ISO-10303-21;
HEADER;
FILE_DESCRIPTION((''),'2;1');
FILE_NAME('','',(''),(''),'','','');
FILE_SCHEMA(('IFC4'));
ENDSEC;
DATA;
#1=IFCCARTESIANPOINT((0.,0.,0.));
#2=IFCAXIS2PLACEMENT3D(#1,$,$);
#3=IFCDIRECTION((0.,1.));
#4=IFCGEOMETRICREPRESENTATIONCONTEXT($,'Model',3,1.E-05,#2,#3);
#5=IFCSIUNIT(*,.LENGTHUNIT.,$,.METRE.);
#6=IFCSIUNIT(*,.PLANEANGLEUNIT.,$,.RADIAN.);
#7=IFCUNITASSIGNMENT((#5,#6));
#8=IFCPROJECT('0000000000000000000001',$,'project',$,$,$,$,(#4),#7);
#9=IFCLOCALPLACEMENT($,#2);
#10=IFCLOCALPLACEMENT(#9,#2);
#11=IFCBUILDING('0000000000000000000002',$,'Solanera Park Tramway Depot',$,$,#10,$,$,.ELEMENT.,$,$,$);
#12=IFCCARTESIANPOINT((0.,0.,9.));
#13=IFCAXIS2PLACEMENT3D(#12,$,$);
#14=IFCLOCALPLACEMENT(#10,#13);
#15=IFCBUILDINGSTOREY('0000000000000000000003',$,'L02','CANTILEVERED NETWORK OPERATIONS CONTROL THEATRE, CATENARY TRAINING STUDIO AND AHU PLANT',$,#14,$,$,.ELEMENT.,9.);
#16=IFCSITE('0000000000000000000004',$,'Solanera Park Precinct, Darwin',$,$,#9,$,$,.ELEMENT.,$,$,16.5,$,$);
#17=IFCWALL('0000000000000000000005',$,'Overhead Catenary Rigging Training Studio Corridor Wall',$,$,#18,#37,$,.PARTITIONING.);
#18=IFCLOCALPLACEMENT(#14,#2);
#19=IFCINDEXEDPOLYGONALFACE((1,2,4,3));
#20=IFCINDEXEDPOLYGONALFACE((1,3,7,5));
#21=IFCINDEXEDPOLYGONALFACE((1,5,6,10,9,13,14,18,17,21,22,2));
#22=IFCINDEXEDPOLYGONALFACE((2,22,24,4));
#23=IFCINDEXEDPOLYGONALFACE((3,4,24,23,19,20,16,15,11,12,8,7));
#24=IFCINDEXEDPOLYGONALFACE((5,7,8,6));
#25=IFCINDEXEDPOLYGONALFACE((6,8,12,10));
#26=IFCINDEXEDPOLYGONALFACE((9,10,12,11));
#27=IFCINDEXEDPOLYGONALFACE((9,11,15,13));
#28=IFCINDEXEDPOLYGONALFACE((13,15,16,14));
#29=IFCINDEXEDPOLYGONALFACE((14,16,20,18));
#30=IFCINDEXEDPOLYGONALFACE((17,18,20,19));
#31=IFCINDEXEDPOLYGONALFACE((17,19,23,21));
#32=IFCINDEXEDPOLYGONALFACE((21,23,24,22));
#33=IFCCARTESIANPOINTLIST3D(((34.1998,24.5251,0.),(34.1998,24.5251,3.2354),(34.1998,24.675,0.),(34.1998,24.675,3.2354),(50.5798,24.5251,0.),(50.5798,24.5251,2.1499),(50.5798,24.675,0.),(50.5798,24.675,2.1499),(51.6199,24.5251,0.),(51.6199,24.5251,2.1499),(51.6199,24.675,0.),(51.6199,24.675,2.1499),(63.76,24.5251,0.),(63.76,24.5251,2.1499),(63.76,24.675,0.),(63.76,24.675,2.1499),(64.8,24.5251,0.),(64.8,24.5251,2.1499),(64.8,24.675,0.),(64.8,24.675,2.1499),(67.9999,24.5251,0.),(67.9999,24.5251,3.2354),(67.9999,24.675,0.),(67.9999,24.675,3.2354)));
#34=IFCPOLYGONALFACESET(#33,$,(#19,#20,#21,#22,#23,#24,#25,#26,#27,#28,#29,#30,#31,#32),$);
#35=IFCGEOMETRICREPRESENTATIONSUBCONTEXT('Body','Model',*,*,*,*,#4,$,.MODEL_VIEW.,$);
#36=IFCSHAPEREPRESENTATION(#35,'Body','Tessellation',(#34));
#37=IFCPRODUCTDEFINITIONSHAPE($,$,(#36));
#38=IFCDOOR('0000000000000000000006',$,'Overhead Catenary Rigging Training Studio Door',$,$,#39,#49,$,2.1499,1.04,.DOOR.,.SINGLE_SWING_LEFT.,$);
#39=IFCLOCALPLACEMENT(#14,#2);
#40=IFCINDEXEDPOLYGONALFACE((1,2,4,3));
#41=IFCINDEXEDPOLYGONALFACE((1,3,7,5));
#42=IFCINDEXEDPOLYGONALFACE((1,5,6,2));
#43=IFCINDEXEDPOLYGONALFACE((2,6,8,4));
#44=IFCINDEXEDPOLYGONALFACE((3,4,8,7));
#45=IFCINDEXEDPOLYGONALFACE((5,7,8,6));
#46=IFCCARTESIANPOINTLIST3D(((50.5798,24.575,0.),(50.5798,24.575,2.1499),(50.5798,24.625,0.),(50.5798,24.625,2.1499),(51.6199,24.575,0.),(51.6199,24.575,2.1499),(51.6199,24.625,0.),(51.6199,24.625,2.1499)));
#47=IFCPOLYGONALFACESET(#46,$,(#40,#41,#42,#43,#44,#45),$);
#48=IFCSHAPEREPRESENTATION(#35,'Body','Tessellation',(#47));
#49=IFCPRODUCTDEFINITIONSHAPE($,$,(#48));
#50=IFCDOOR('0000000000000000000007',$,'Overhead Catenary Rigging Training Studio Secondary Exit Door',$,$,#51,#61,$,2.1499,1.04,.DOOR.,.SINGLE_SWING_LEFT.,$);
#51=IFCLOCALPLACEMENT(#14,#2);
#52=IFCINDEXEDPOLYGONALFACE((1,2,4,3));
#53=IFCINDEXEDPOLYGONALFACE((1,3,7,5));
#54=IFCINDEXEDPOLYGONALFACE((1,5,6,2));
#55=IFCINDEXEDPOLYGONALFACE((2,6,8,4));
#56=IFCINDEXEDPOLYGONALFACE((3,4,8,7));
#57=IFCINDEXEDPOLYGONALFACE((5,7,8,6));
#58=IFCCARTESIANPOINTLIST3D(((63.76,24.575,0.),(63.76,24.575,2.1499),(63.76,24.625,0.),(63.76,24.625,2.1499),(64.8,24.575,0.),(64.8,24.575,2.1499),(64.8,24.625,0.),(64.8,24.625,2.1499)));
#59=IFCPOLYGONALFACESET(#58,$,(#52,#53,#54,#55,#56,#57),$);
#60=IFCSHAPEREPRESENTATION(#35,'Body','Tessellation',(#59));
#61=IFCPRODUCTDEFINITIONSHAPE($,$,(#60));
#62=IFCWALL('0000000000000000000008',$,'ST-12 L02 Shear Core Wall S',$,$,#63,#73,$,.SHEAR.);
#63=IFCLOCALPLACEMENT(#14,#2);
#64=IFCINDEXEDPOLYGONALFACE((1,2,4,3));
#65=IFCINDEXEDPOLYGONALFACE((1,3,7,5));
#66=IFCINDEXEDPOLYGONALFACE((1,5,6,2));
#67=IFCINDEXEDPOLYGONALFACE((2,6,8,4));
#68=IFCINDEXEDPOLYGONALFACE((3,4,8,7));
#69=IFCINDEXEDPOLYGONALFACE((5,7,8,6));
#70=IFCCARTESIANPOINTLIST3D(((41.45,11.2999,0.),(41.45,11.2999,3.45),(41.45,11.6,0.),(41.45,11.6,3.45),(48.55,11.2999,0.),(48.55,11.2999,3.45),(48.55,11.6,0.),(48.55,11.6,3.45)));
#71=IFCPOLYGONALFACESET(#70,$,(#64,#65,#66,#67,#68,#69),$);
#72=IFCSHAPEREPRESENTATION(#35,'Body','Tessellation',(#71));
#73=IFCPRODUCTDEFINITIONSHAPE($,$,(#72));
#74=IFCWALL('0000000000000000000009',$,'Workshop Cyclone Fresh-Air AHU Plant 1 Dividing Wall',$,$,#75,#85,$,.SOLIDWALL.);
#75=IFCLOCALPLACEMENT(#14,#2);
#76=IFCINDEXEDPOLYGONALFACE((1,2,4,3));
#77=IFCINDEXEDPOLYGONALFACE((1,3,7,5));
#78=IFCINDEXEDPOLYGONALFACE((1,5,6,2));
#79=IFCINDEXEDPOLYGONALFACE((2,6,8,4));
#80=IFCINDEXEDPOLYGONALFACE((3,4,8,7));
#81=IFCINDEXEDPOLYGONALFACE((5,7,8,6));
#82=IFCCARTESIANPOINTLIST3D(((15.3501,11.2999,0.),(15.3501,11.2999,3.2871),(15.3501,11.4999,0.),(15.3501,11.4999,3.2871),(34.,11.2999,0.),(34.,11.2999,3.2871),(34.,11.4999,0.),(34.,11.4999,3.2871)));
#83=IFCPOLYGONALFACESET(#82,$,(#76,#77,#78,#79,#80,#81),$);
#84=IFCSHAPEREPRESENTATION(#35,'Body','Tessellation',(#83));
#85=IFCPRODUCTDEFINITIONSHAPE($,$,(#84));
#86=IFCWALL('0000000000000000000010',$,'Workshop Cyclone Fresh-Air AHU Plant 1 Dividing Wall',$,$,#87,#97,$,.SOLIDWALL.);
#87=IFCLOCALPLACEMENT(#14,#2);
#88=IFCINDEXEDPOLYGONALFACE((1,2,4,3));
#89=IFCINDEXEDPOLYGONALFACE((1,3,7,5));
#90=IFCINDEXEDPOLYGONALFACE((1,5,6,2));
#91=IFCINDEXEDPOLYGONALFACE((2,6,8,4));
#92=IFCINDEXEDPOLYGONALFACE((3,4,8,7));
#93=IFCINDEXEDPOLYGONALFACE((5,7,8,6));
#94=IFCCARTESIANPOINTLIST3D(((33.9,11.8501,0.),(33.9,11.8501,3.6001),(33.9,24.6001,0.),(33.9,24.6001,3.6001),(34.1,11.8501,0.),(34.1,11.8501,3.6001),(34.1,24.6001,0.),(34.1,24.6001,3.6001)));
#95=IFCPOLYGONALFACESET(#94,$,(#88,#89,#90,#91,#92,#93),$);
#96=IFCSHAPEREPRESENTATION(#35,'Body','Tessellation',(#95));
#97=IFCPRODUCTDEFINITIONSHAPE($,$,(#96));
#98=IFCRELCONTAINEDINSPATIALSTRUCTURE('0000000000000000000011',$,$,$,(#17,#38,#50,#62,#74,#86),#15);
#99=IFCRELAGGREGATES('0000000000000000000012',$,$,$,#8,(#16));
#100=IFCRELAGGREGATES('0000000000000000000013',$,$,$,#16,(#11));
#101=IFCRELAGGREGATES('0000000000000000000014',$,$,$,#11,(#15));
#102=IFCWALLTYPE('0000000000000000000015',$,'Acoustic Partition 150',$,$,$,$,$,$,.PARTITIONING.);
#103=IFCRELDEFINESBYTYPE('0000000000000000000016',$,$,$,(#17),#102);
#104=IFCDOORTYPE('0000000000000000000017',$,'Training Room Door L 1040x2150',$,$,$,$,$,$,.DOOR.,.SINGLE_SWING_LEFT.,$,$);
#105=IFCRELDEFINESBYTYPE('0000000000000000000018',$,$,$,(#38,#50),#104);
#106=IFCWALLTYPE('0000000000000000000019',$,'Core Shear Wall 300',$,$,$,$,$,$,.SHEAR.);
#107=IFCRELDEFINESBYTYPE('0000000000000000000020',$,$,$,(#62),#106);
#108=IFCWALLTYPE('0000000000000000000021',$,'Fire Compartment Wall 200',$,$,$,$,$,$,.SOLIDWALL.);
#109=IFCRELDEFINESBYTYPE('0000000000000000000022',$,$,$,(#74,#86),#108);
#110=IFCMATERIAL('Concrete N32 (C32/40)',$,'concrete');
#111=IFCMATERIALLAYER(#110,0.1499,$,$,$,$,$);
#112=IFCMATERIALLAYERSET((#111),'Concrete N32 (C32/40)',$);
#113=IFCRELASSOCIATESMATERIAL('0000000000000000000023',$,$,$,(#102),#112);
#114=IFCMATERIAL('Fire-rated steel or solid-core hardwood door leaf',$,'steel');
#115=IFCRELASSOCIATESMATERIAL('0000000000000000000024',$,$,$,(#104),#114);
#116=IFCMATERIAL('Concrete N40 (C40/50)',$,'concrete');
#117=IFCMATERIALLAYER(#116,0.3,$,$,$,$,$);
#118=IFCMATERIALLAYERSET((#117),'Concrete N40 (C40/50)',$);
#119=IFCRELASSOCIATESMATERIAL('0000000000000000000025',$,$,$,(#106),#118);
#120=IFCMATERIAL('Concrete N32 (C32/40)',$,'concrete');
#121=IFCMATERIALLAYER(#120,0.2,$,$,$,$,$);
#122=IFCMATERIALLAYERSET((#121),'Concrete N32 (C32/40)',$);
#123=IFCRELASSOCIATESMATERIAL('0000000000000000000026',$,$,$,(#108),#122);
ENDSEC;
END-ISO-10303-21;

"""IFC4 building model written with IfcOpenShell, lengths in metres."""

from ifc_helpers import new_model, si_unit, direction, frame, frame_2d, origin, place, context, subcontext, project, spatial, rectangle, extrude, material, layer, layer_set, type_object, element, fill, save


model = new_model("IFC4")

# Units and contexts
model_context = context("Model", 3, precision=1e-05, world=origin(), true_north=direction((0.0, 1.0)))
body_context = subcontext(model_context, "Body", "Model", "MODEL_VIEW")
ifc_project = project(units=[si_unit("LENGTHUNIT", "METRE"), si_unit("PLANEANGLEUNIT", "RADIAN")], contexts=[model_context])

# Site, building, storey
site_placement = place(None, origin())
site = spatial("IfcSite", under=ifc_project, at=site_placement, Name="Solanera Park Precinct, Darwin", CompositionType="ELEMENT", RefElevation=16.5)
building_placement = place(site_placement, origin())
building = spatial("IfcBuilding", under=site, at=building_placement, Name="Solanera Park Tramway Depot", CompositionType="ELEMENT")
storey_placement = place(building_placement, frame((0.0, 0.0, 9.0)))
storey = spatial("IfcBuildingStorey", under=building, at=storey_placement, Name="L02", Description="CANTILEVERED NETWORK OPERATIONS CONTROL THEATRE, CATENARY TRAINING STUDIO AND AHU PLANT", CompositionType="ELEMENT", Elevation=9.0)

# Shared definitions
ifc_material_1 = material(Name="Concrete N32 (C32/40)", Category="concrete")
ifc_layer_1 = layer(ifc_material_1, 0.1499)
ifc_layer_set_1 = layer_set([ifc_layer_1], Name="Concrete N32 (C32/40)")
wall_type_1 = type_object("IfcWallType", Name="Acoustic Partition 150", PredefinedType="PARTITIONING", material=ifc_layer_set_1)

# Wall, openings, doors
wall_1_placement = place(storey_placement, frame((34.2, 24.6001, 0.0), z_axis=(0.0, 0.0, 1.0), x_axis=(1.0, 0.0, 0.0)))
wall_1 = element("IfcWall", 1, at=wall_1_placement, inside=storey, type_object=wall_type_1, Name="Overhead Catenary Rigging Training Studio Corridor Wall", PredefinedType="PARTITIONING", context=body_context, shape_type="SweptSolid", body=[
    extrude(rectangle(XDim=33.8, YDim=0.1499, at=frame_2d((16.8999, 0.0))), origin(), (0.0, 0.0, 1.0), 3.2354),
])
opening_1_placement = place(wall_1_placement, frame((16.3799, 0.0, 0.0)))
opening_1 = element("IfcOpeningElement", 2, at=opening_1_placement, cuts=wall_1, PredefinedType="OPENING", context=body_context, shape_type="SweptSolid", body=[
    extrude(rectangle(XDim=1.04, YDim=2.1499, at=frame_2d((0.52, 1.075))), frame((0.0, 0.085, 0.0), z_axis=(0.0, -1.0, 0.0), x_axis=(1.0, 0.0, 0.0)), (0.0, 0.0, 1.0), 0.1699),
])
opening_2_placement = place(wall_1_placement, frame((29.5601, 0.0, 0.0)))
opening_2 = element("IfcOpeningElement", 3, at=opening_2_placement, cuts=wall_1, PredefinedType="OPENING", context=body_context, shape_type="SweptSolid", body=[
    extrude(rectangle(XDim=1.04, YDim=2.1499, at=frame_2d((0.52, 1.075))), frame((0.0, 0.085, 0.0), z_axis=(0.0, -1.0, 0.0), x_axis=(1.0, 0.0, 0.0)), (0.0, 0.0, 1.0), 0.1699),
])
ifc_material_2 = material(Name="Fire-rated steel or solid-core hardwood door leaf", Category="steel")
door_type_1 = type_object("IfcDoorType", Name="Training Room Door L 1040x2150", OperationType="SINGLE_SWING_LEFT", PredefinedType="DOOR", material=ifc_material_2)
door_1_placement = place(opening_1_placement, origin())
door_1 = element("IfcDoor", 4, at=door_1_placement, inside=storey, type_object=door_type_1, Name="Overhead Catenary Rigging Training Studio Door", OperationType="SINGLE_SWING_LEFT", OverallHeight=2.1499, OverallWidth=1.04, PredefinedType="DOOR", context=body_context, shape_type="SweptSolid", body=[
    extrude(rectangle(XDim=1.04, YDim=2.1499, at=frame_2d((0.52, 1.075))), frame((0.0, 0.0249, 0.0), z_axis=(0.0, -1.0, 0.0), x_axis=(1.0, 0.0, 0.0)), (0.0, 0.0, 1.0), 0.05),
])
fill(opening_1, door_1)
door_2_placement = place(opening_2_placement, origin())
door_2 = element("IfcDoor", 5, at=door_2_placement, inside=storey, type_object=door_type_1, Name="Overhead Catenary Rigging Training Studio Secondary Exit Door", OperationType="SINGLE_SWING_LEFT", OverallHeight=2.1499, OverallWidth=1.04, PredefinedType="DOOR", context=body_context, shape_type="SweptSolid", body=[
    extrude(rectangle(XDim=1.04, YDim=2.1499, at=frame_2d((0.52, 1.075))), frame((0.0, 0.0249, 0.0), z_axis=(0.0, -1.0, 0.0), x_axis=(1.0, 0.0, 0.0)), (0.0, 0.0, 1.0), 0.05),
])
fill(opening_2, door_2)

# Wall
ifc_material_3 = material(Name="Concrete N40 (C40/50)", Category="concrete")
ifc_layer_2 = layer(ifc_material_3, 0.3)
ifc_layer_set_2 = layer_set([ifc_layer_2], Name="Concrete N40 (C40/50)")
wall_type_2 = type_object("IfcWallType", Name="Core Shear Wall 300", PredefinedType="SHEAR", material=ifc_layer_set_2)
wall_2_placement = place(storey_placement, frame((41.45, 11.45, 0.0), z_axis=(0.0, 0.0, 1.0), x_axis=(1.0, 0.0, 0.0)))
element("IfcWall", 6, at=wall_2_placement, inside=storey, type_object=wall_type_2, Name="ST-12 L02 Shear Core Wall S", PredefinedType="SHEAR", context=body_context, shape_type="SweptSolid", body=[
    extrude(rectangle(XDim=7.1001, YDim=0.3, at=frame_2d((3.55, 0.0))), origin(), (0.0, 0.0, 1.0), 3.45),
])

# Walls
ifc_material_4 = material(Name="Concrete N32 (C32/40)", Category="concrete")
ifc_layer_3 = layer(ifc_material_4, 0.2)
ifc_layer_set_3 = layer_set([ifc_layer_3], Name="Concrete N32 (C32/40)")
wall_type_3 = type_object("IfcWallType", Name="Fire Compartment Wall 200", PredefinedType="SOLIDWALL", material=ifc_layer_set_3)
wall_3_placement = place(storey_placement, frame((34.0, 11.3999, 0.0), z_axis=(0.0, 0.0, 1.0), x_axis=(-1.0, 0.0, 0.0)))
element("IfcWall", 7, at=wall_3_placement, inside=storey, type_object=wall_type_3, Name="Workshop Cyclone Fresh-Air AHU Plant 1 Dividing Wall", PredefinedType="SOLIDWALL", context=body_context, shape_type="SweptSolid", body=[
    extrude(rectangle(XDim=18.6499, YDim=0.2, at=frame_2d((9.325, 0.0))), origin(), (0.0, 0.0, 1.0), 3.2871),
])
wall_4_placement = place(storey_placement, frame((34.0, 11.8501, 0.0), z_axis=(0.0, 0.0, 1.0), x_axis=(0.0, 1.0, 0.0)))
element("IfcWall", 8, at=wall_4_placement, inside=storey, type_object=wall_type_3, Name="Workshop Cyclone Fresh-Air AHU Plant 1 Dividing Wall", PredefinedType="SOLIDWALL", context=body_context, shape_type="SweptSolid", body=[
    extrude(rectangle(XDim=12.75, YDim=0.2, at=frame_2d((6.375, 0.0))), origin(), (0.0, 0.0, 1.0), 3.6001),
])

save(model, "model.ifc")
